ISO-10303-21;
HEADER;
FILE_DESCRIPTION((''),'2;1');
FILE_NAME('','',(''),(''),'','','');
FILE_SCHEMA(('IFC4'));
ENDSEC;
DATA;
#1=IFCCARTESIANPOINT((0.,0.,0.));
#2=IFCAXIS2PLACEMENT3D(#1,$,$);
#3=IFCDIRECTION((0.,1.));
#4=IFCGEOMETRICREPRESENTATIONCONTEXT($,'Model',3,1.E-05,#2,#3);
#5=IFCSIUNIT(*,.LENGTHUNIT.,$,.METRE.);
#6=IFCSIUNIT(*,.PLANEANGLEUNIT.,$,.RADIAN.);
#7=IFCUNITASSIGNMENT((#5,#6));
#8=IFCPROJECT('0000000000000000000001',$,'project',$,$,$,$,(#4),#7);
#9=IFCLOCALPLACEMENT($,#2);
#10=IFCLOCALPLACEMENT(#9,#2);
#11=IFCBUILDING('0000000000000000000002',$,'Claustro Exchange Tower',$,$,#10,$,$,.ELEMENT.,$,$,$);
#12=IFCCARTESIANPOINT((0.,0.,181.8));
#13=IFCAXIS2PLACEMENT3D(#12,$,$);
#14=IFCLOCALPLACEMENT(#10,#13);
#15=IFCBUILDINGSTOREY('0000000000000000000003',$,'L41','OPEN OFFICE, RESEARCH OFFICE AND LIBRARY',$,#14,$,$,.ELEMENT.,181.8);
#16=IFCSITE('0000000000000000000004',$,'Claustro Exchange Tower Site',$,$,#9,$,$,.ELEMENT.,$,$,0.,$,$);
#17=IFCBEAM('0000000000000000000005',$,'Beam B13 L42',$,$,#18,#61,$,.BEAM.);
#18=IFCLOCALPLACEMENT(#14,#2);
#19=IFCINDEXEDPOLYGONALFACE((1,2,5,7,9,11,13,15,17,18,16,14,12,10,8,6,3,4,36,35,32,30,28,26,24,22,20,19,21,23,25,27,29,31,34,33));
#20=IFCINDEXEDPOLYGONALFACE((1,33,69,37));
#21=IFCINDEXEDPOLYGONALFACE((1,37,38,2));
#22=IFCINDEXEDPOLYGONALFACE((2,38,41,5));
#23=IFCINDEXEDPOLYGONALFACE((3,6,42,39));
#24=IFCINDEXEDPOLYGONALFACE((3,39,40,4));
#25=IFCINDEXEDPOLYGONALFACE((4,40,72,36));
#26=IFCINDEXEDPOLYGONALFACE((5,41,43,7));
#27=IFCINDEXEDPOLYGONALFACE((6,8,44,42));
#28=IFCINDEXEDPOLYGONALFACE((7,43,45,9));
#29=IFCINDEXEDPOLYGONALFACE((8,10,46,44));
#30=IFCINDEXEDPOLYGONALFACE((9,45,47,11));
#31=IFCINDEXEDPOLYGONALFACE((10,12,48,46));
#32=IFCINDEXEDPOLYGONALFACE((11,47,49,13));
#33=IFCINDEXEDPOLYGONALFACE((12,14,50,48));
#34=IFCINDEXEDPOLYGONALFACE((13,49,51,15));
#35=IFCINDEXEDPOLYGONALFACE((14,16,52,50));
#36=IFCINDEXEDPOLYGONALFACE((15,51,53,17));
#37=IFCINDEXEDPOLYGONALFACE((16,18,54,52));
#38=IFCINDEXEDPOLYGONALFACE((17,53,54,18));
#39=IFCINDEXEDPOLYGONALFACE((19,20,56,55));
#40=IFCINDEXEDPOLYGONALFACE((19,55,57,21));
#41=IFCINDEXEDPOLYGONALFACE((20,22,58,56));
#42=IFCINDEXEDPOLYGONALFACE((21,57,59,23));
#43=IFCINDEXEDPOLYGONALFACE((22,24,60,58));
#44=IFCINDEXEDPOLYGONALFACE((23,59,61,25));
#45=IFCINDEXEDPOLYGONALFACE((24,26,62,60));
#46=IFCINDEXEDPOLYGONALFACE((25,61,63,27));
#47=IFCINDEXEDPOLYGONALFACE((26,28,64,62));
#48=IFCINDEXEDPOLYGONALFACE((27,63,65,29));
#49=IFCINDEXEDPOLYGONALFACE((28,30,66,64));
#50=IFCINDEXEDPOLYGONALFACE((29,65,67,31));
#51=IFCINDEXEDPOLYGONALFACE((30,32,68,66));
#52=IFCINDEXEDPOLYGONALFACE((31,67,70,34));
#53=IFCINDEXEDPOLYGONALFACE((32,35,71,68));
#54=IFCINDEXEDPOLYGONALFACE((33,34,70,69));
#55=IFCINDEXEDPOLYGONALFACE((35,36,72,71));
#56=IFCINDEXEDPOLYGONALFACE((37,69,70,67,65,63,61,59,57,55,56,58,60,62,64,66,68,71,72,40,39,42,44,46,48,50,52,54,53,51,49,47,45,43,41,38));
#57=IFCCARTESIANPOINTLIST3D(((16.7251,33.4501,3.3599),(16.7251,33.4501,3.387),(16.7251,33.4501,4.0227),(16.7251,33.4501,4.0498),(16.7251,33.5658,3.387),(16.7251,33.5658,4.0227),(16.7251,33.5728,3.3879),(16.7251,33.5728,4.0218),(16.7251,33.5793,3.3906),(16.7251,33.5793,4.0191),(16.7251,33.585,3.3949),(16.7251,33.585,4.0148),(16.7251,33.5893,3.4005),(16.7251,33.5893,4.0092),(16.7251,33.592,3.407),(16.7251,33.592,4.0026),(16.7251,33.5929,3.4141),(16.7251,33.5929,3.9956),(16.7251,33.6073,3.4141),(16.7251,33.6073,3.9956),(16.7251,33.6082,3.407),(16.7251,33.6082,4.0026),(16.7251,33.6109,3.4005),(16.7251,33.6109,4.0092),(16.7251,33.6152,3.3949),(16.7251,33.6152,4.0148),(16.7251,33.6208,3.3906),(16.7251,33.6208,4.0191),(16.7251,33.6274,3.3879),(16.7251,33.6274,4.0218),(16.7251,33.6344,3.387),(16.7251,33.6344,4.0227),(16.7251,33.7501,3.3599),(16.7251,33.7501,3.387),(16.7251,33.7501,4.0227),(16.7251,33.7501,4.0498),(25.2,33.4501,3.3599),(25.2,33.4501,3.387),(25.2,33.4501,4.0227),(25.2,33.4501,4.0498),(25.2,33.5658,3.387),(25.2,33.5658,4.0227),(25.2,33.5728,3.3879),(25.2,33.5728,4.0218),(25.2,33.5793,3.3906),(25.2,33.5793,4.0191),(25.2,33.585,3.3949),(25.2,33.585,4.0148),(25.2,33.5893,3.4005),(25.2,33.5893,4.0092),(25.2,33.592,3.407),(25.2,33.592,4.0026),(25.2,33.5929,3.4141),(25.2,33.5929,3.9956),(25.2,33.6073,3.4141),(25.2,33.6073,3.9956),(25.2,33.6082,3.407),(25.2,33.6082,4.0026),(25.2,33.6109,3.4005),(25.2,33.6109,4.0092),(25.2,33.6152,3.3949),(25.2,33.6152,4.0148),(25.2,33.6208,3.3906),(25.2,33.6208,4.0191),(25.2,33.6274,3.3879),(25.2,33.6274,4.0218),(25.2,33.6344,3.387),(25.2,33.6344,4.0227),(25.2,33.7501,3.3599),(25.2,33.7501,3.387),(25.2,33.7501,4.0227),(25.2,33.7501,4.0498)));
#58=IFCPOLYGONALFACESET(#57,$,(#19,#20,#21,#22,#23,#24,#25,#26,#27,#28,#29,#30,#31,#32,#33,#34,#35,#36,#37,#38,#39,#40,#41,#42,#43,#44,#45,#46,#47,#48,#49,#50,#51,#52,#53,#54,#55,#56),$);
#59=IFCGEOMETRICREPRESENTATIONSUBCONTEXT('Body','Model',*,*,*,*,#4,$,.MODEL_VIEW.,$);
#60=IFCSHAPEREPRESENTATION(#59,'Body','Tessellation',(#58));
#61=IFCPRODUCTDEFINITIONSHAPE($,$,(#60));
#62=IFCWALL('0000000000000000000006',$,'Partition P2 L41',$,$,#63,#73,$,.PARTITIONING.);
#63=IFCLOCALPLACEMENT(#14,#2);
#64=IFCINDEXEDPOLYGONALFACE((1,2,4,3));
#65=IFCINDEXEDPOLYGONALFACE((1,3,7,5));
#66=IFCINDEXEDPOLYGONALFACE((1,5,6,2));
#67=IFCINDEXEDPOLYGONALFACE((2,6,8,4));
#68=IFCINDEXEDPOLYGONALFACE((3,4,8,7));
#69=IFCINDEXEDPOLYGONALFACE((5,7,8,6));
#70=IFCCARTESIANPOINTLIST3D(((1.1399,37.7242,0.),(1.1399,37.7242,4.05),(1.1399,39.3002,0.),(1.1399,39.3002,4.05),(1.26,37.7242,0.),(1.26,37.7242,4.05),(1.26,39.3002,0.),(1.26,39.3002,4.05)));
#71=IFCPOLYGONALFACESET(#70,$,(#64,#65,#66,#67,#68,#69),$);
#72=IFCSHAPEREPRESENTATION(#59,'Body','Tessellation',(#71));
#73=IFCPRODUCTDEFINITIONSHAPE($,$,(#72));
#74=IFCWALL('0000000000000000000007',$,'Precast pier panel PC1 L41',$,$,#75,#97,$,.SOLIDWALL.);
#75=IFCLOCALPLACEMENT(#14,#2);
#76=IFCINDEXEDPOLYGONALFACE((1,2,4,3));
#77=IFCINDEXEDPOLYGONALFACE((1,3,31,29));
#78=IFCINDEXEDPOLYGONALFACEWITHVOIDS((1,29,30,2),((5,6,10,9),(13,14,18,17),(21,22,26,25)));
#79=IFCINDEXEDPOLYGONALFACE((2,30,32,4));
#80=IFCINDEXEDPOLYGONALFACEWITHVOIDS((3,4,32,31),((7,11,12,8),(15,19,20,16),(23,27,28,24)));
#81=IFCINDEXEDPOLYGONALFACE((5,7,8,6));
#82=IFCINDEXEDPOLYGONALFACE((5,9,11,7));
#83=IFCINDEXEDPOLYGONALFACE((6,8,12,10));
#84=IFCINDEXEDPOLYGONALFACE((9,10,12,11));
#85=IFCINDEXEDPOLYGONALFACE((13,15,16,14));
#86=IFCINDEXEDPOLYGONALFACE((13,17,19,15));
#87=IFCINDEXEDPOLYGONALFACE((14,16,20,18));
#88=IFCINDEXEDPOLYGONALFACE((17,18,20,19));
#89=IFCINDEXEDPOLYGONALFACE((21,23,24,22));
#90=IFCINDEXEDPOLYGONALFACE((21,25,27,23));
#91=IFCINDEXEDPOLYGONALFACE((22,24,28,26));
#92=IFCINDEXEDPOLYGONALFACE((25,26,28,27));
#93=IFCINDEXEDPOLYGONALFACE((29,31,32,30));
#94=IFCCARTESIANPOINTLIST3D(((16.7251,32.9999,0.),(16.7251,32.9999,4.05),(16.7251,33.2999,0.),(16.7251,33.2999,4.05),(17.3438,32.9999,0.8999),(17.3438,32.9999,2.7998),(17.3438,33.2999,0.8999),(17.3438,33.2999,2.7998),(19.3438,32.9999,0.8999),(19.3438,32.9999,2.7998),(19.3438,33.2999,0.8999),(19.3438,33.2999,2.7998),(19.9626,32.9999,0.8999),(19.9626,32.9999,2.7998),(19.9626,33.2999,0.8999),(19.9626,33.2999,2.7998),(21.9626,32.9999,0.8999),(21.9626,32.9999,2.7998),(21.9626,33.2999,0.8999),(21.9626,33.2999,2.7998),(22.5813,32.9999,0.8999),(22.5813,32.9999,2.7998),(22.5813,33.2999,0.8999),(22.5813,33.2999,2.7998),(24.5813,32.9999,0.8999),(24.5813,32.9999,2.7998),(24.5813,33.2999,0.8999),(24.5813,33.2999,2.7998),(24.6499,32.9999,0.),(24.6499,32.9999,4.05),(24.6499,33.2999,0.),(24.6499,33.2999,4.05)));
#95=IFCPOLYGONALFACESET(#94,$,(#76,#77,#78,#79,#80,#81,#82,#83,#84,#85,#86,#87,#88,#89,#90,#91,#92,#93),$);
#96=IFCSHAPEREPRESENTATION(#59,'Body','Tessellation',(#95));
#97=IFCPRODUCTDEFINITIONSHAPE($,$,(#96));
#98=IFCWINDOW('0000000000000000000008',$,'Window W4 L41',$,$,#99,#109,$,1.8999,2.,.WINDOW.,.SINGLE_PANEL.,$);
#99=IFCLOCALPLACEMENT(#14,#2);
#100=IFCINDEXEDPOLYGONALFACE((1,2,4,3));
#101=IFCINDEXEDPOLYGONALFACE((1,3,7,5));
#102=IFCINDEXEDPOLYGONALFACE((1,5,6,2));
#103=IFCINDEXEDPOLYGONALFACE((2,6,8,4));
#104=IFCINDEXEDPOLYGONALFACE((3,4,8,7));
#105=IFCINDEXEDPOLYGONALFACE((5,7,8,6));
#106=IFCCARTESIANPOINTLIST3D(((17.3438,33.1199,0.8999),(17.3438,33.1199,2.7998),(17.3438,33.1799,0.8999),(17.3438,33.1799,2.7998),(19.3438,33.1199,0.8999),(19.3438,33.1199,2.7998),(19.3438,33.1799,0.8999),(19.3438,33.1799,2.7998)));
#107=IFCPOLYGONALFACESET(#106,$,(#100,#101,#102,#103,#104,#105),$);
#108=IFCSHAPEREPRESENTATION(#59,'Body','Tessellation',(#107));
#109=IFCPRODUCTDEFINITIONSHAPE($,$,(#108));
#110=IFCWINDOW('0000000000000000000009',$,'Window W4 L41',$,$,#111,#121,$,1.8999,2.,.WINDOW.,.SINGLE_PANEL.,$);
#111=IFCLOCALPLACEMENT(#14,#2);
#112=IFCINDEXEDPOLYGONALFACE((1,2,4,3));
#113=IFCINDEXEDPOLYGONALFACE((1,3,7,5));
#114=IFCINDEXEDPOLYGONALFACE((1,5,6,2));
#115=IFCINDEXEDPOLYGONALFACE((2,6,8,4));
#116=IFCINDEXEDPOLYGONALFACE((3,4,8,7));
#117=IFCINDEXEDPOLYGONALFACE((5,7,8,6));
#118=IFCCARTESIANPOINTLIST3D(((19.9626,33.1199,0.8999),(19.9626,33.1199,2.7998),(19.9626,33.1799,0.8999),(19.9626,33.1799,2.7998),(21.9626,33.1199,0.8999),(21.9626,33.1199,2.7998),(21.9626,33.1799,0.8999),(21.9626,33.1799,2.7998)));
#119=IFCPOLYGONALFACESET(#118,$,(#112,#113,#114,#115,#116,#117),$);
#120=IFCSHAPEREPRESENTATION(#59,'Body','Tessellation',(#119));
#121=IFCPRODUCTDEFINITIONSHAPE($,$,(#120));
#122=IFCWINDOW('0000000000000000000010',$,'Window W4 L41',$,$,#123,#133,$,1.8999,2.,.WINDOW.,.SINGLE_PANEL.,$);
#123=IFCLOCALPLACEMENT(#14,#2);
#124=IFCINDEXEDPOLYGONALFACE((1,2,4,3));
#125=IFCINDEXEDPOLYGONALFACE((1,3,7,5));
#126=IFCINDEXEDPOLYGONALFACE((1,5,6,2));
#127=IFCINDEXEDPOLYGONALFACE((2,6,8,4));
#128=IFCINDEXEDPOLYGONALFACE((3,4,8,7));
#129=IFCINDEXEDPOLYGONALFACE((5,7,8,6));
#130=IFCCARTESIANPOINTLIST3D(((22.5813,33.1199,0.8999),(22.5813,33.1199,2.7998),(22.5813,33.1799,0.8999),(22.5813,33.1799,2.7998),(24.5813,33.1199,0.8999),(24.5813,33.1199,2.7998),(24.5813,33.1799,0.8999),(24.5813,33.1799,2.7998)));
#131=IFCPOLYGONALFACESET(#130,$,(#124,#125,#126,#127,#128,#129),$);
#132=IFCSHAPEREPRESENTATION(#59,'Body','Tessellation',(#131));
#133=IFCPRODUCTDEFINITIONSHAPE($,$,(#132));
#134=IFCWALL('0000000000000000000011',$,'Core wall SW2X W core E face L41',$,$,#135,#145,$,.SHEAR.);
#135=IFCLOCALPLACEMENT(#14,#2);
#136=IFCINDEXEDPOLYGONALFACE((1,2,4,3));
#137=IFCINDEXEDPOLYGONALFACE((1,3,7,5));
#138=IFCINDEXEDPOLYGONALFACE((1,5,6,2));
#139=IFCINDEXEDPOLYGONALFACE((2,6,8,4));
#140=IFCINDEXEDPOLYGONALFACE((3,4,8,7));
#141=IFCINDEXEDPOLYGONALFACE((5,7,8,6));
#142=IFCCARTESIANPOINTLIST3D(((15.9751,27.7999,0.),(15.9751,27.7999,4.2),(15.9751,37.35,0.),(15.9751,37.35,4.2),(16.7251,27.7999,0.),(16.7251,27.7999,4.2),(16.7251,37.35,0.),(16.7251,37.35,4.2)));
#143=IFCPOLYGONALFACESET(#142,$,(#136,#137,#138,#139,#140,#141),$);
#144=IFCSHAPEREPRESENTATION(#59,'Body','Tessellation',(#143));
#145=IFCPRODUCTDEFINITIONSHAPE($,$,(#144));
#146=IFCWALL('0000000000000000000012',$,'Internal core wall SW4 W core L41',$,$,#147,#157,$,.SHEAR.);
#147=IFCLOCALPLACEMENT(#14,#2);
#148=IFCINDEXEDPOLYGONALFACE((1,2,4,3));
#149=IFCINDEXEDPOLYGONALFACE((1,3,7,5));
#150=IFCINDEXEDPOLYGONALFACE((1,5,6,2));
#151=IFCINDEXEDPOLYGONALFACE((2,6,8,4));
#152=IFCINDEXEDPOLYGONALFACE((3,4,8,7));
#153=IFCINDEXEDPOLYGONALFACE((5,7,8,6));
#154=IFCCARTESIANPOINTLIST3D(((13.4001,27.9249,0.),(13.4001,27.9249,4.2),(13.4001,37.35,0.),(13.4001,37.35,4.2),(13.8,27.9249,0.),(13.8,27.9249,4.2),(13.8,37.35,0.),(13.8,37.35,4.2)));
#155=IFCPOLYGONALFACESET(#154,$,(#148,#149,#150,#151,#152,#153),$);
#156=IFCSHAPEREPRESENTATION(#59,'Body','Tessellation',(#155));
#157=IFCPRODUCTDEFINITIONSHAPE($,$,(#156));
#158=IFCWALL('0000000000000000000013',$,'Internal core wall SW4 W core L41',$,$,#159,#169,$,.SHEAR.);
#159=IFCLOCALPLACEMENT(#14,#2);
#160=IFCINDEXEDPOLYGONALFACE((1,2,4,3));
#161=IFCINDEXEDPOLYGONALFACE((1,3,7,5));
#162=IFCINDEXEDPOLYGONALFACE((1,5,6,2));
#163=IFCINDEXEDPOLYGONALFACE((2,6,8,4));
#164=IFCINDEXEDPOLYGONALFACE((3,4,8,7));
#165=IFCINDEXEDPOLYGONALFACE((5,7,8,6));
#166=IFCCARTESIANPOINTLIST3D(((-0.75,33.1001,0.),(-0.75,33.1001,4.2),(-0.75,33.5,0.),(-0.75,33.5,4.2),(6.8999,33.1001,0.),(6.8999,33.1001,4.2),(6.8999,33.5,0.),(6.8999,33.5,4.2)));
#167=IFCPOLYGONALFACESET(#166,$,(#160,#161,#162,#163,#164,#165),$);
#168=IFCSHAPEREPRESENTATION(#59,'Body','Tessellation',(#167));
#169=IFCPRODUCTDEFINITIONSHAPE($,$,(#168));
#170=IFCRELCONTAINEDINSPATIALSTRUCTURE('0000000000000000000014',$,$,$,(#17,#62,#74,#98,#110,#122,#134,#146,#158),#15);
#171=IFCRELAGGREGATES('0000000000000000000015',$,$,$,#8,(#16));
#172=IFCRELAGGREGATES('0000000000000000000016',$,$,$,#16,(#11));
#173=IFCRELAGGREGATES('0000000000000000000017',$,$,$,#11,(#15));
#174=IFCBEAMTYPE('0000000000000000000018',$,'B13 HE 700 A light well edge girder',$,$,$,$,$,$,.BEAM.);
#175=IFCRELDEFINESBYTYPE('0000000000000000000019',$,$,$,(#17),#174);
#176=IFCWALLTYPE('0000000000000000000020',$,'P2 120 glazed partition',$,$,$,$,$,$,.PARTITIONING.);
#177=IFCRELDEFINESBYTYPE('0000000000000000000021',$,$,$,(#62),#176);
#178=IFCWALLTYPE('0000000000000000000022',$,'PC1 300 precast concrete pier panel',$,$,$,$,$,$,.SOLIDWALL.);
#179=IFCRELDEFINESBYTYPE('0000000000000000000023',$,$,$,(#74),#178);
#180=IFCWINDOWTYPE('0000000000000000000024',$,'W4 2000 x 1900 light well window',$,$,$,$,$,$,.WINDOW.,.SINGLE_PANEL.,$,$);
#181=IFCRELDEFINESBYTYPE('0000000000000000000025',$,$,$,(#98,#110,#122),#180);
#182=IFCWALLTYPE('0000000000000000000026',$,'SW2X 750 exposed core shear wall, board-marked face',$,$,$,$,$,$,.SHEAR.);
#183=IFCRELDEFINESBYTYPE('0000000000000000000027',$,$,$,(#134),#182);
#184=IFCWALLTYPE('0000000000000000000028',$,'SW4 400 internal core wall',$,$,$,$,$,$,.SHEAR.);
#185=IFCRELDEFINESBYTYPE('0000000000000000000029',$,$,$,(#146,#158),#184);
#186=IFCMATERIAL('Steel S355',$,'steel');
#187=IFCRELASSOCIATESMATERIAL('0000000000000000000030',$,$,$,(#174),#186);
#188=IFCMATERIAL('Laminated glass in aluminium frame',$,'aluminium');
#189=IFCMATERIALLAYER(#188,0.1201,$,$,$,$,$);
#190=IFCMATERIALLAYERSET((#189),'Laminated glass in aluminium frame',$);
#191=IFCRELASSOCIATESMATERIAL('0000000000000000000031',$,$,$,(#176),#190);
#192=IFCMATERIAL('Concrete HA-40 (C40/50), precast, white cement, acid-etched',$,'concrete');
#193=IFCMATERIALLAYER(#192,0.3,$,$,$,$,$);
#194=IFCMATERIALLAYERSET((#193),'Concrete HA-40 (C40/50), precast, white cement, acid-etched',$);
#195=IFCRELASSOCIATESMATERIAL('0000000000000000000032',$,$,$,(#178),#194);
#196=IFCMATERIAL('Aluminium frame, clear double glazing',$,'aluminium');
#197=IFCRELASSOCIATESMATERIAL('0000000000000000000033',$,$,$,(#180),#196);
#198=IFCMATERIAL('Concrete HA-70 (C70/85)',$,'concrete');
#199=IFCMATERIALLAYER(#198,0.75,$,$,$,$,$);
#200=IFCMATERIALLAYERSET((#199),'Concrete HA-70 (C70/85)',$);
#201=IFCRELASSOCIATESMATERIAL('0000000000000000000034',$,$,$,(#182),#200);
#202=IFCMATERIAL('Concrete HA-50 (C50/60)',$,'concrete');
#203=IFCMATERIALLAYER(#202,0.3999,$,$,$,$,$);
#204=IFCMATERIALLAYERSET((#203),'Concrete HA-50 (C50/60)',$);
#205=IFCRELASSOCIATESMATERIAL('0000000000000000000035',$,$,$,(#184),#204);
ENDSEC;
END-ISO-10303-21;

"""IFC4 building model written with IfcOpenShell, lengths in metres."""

from ifc_helpers import new_model, si_unit, direction, frame, frame_2d, origin, origin_2d, place, context, subcontext, project, spatial, rectangle, i_section, extrude, material, layer, layer_set, material_profile, profile_set, type_object, element, fill, save


model = new_model("IFC4")

# Units and contexts
model_context = context("Model", 3, precision=1e-05, world=origin(), true_north=direction((0.0, 1.0)))
body_context = subcontext(model_context, "Body", "Model", "MODEL_VIEW")
ifc_project = project(units=[si_unit("LENGTHUNIT", "METRE"), si_unit("PLANEANGLEUNIT", "RADIAN")], contexts=[model_context])

# Site, building, storey
site_placement = place(None, origin())
site = spatial("IfcSite", under=ifc_project, at=site_placement, Name="Claustro Exchange Tower Site", CompositionType="ELEMENT", RefElevation=0.0)
building_placement = place(site_placement, origin())
building = spatial("IfcBuilding", under=site, at=building_placement, Name="Claustro Exchange Tower", CompositionType="ELEMENT")
storey_placement = place(building_placement, frame((0.0, 0.0, 181.8)))
storey = spatial("IfcBuildingStorey", under=building, at=storey_placement, Name="L41", Description="OPEN OFFICE, RESEARCH OFFICE AND LIBRARY", CompositionType="ELEMENT", Elevation=181.8)

# Beam
ifc_material_1 = material(Name="Steel S355", Category="steel")
ifc_material_profile = material_profile(ifc_material_1, i_section(OverallWidth=0.3, OverallDepth=0.6899, WebThickness=0.0144, FlangeThickness=0.0271, FilletRadius=0.0271, at=origin_2d()), Name="HE 700 A")
ifc_profile_set = profile_set([ifc_material_profile], Name="Steel S355")
beam_type = type_object("IfcBeamType", Name="B13 HE 700 A light well edge girder", PredefinedType="BEAM", material=ifc_profile_set)
beam_placement = place(storey_placement, frame((16.7251, 33.6001, 3.7048), z_axis=(1.0, 0.0, 0.0), x_axis=(0.0, 1.0, 0.0)))
element("IfcBeam", 1, at=beam_placement, inside=storey, type_object=beam_type, Name="Beam B13 L42", PredefinedType="BEAM", context=body_context, shape_type="SweptSolid", body=[
    extrude(i_section(OverallWidth=0.3, OverallDepth=0.6899, WebThickness=0.0144, FlangeThickness=0.0271, FilletRadius=0.0271, at=origin_2d()), origin(), (0.0, 0.0, 1.0), 8.4749),
])

# Shared definitions
ifc_material_2 = material(Name="Laminated glass in aluminium frame", Category="aluminium")
ifc_layer_1 = layer(ifc_material_2, 0.1201)
ifc_layer_set_1 = layer_set([ifc_layer_1], Name="Laminated glass in aluminium frame")
wall_type_1 = type_object("IfcWallType", Name="P2 120 glazed partition", PredefinedType="PARTITIONING", material=ifc_layer_set_1)

# Wall
wall_1_placement = place(storey_placement, frame((1.2, 37.7241, 0.0), z_axis=(0.0, 0.0, 1.0), x_axis=(0.0, 1.0, 0.0)))
element("IfcWall", 2, at=wall_1_placement, inside=storey, type_object=wall_type_1, Name="Partition P2 L41", PredefinedType="PARTITIONING", context=body_context, shape_type="SweptSolid", body=[
    extrude(rectangle(XDim=1.5759, YDim=0.1201, at=frame_2d((0.7881, 0.0))), origin(), (0.0, 0.0, 1.0), 4.05),
])

# Wall, openings, windows
ifc_material_3 = material(Name="Concrete HA-40 (C40/50), precast, white cement, acid-etched", Category="concrete")
ifc_layer_2 = layer(ifc_material_3, 0.3)
ifc_layer_set_2 = layer_set([ifc_layer_2], Name="Concrete HA-40 (C40/50), precast, white cement, acid-etched")
wall_type_2 = type_object("IfcWallType", Name="PC1 300 precast concrete pier panel", PredefinedType="SOLIDWALL", material=ifc_layer_set_2)
wall_2_placement = place(storey_placement, frame((16.7251, 33.1499, 0.0), z_axis=(0.0, 0.0, 1.0), x_axis=(1.0, 0.0, 0.0)))
wall_2 = element("IfcWall", 3, at=wall_2_placement, inside=storey, type_object=wall_type_2, Name="Precast pier panel PC1 L41", PredefinedType="SOLIDWALL", context=body_context, shape_type="SweptSolid", body=[
    extrude(rectangle(XDim=7.9248, YDim=0.3, at=frame_2d((3.9624, 0.0))), origin(), (0.0, 0.0, 1.0), 4.05),
])
opening_1_placement = place(wall_2_placement, frame((0.6187, 0.0, 0.8999)))
opening_1 = element("IfcOpeningElement", 4, at=opening_1_placement, cuts=wall_2, PredefinedType="OPENING", context=body_context, shape_type="SweptSolid", body=[
    extrude(rectangle(XDim=2.0, YDim=1.8999, at=frame_2d((1.0, 0.95))), frame((0.0, 0.1599, 0.0), z_axis=(0.0, -1.0, 0.0), x_axis=(1.0, 0.0, 0.0)), (0.0, 0.0, 1.0), 0.3201),
])
opening_2_placement = place(wall_2_placement, frame((3.2375, 0.0, 0.8999)))
opening_2 = element("IfcOpeningElement", 5, at=opening_2_placement, cuts=wall_2, PredefinedType="OPENING", context=body_context, shape_type="SweptSolid", body=[
    extrude(rectangle(XDim=2.0, YDim=1.8999, at=frame_2d((1.0, 0.95))), frame((0.0, 0.1599, 0.0), z_axis=(0.0, -1.0, 0.0), x_axis=(1.0, 0.0, 0.0)), (0.0, 0.0, 1.0), 0.3201),
])
opening_3_placement = place(wall_2_placement, frame((5.8562, 0.0, 0.8999)))
opening_3 = element("IfcOpeningElement", 6, at=opening_3_placement, cuts=wall_2, PredefinedType="OPENING", context=body_context, shape_type="SweptSolid", body=[
    extrude(rectangle(XDim=2.0, YDim=1.8999, at=frame_2d((1.0, 0.95))), frame((0.0, 0.1599, 0.0), z_axis=(0.0, -1.0, 0.0), x_axis=(1.0, 0.0, 0.0)), (0.0, 0.0, 1.0), 0.3201),
])
ifc_material_4 = material(Name="Aluminium frame, clear double glazing", Category="aluminium")
window_type = type_object("IfcWindowType", Name="W4 2000 x 1900 light well window", PartitioningType="SINGLE_PANEL", PredefinedType="WINDOW", material=ifc_material_4)
window_1_placement = place(opening_1_placement, origin())
window_1 = element("IfcWindow", 7, at=window_1_placement, inside=storey, type_object=window_type, Name="Window W4 L41", OverallHeight=1.8999, OverallWidth=2.0, PartitioningType="SINGLE_PANEL", PredefinedType="WINDOW", context=body_context, shape_type="SweptSolid", body=[
    extrude(rectangle(XDim=2.0, YDim=1.8999, at=frame_2d((1.0, 0.95))), frame((0.0, 0.03, 0.0), z_axis=(0.0, -1.0, 0.0), x_axis=(1.0, 0.0, 0.0)), (0.0, 0.0, 1.0), 0.0601),
])
fill(opening_1, window_1)
window_2_placement = place(opening_2_placement, origin())
window_2 = element("IfcWindow", 8, at=window_2_placement, inside=storey, type_object=window_type, Name="Window W4 L41", OverallHeight=1.8999, OverallWidth=2.0, PartitioningType="SINGLE_PANEL", PredefinedType="WINDOW", context=body_context, shape_type="SweptSolid", body=[
    extrude(rectangle(XDim=2.0, YDim=1.8999, at=frame_2d((1.0, 0.95))), frame((0.0, 0.03, 0.0), z_axis=(0.0, -1.0, 0.0), x_axis=(1.0, 0.0, 0.0)), (0.0, 0.0, 1.0), 0.0601),
])
fill(opening_2, window_2)
window_3_placement = place(opening_3_placement, origin())
window_3 = element("IfcWindow", 9, at=window_3_placement, inside=storey, type_object=window_type, Name="Window W4 L41", OverallHeight=1.8999, OverallWidth=2.0, PartitioningType="SINGLE_PANEL", PredefinedType="WINDOW", context=body_context, shape_type="SweptSolid", body=[
    extrude(rectangle(XDim=2.0, YDim=1.8999, at=frame_2d((1.0, 0.95))), frame((0.0, 0.03, 0.0), z_axis=(0.0, -1.0, 0.0), x_axis=(1.0, 0.0, 0.0)), (0.0, 0.0, 1.0), 0.0601),
])
fill(opening_3, window_3)

# Walls
ifc_material_5 = material(Name="Concrete HA-70 (C70/85)", Category="concrete")
ifc_layer_3 = layer(ifc_material_5, 0.75)
ifc_layer_set_3 = layer_set([ifc_layer_3], Name="Concrete HA-70 (C70/85)")
wall_type_3 = type_object("IfcWallType", Name="SW2X 750 exposed core shear wall, board-marked face", PredefinedType="SHEAR", material=ifc_layer_set_3)
wall_3_placement = place(storey_placement, frame((16.3501, 27.8, 0.0), z_axis=(0.0, 0.0, 1.0), x_axis=(0.0, 1.0, 0.0)))
element("IfcWall", 10, at=wall_3_placement, inside=storey, type_object=wall_type_3, Name="Core wall SW2X W core E face L41", PredefinedType="SHEAR", context=body_context, shape_type="SweptSolid", body=[
    extrude(rectangle(XDim=9.55, YDim=0.75, at=frame_2d((4.7749, 0.0))), origin(), (0.0, 0.0, 1.0), 4.2),
])
ifc_material_6 = material(Name="Concrete HA-50 (C50/60)", Category="concrete")
ifc_layer_4 = layer(ifc_material_6, 0.3999)
ifc_layer_set_4 = layer_set([ifc_layer_4], Name="Concrete HA-50 (C50/60)")
wall_type_4 = type_object("IfcWallType", Name="SW4 400 internal core wall", PredefinedType="SHEAR", material=ifc_layer_set_4)
wall_4_placement = place(storey_placement, frame((13.6001, 27.925, 0.0), z_axis=(0.0, 0.0, 1.0), x_axis=(0.0, 1.0, 0.0)))
element("IfcWall", 11, at=wall_4_placement, inside=storey, type_object=wall_type_4, Name="Internal core wall SW4 W core L41", PredefinedType="SHEAR", context=body_context, shape_type="SweptSolid", body=[
    extrude(rectangle(XDim=9.425, YDim=0.3999, at=frame_2d((4.7124, 0.0))), origin(), (0.0, 0.0, 1.0), 4.2),
])
wall_5_placement = place(storey_placement, frame((-0.75, 33.3, 0.0), z_axis=(0.0, 0.0, 1.0), x_axis=(1.0, 0.0, 0.0)))
element("IfcWall", 12, at=wall_5_placement, inside=storey, type_object=wall_type_4, Name="Internal core wall SW4 W core L41", PredefinedType="SHEAR", context=body_context, shape_type="SweptSolid", body=[
    extrude(rectangle(XDim=7.6499, YDim=0.3999, at=frame_2d((3.825, 0.0))), origin(), (0.0, 0.0, 1.0), 4.2),
])

save(model, "model.ifc")
